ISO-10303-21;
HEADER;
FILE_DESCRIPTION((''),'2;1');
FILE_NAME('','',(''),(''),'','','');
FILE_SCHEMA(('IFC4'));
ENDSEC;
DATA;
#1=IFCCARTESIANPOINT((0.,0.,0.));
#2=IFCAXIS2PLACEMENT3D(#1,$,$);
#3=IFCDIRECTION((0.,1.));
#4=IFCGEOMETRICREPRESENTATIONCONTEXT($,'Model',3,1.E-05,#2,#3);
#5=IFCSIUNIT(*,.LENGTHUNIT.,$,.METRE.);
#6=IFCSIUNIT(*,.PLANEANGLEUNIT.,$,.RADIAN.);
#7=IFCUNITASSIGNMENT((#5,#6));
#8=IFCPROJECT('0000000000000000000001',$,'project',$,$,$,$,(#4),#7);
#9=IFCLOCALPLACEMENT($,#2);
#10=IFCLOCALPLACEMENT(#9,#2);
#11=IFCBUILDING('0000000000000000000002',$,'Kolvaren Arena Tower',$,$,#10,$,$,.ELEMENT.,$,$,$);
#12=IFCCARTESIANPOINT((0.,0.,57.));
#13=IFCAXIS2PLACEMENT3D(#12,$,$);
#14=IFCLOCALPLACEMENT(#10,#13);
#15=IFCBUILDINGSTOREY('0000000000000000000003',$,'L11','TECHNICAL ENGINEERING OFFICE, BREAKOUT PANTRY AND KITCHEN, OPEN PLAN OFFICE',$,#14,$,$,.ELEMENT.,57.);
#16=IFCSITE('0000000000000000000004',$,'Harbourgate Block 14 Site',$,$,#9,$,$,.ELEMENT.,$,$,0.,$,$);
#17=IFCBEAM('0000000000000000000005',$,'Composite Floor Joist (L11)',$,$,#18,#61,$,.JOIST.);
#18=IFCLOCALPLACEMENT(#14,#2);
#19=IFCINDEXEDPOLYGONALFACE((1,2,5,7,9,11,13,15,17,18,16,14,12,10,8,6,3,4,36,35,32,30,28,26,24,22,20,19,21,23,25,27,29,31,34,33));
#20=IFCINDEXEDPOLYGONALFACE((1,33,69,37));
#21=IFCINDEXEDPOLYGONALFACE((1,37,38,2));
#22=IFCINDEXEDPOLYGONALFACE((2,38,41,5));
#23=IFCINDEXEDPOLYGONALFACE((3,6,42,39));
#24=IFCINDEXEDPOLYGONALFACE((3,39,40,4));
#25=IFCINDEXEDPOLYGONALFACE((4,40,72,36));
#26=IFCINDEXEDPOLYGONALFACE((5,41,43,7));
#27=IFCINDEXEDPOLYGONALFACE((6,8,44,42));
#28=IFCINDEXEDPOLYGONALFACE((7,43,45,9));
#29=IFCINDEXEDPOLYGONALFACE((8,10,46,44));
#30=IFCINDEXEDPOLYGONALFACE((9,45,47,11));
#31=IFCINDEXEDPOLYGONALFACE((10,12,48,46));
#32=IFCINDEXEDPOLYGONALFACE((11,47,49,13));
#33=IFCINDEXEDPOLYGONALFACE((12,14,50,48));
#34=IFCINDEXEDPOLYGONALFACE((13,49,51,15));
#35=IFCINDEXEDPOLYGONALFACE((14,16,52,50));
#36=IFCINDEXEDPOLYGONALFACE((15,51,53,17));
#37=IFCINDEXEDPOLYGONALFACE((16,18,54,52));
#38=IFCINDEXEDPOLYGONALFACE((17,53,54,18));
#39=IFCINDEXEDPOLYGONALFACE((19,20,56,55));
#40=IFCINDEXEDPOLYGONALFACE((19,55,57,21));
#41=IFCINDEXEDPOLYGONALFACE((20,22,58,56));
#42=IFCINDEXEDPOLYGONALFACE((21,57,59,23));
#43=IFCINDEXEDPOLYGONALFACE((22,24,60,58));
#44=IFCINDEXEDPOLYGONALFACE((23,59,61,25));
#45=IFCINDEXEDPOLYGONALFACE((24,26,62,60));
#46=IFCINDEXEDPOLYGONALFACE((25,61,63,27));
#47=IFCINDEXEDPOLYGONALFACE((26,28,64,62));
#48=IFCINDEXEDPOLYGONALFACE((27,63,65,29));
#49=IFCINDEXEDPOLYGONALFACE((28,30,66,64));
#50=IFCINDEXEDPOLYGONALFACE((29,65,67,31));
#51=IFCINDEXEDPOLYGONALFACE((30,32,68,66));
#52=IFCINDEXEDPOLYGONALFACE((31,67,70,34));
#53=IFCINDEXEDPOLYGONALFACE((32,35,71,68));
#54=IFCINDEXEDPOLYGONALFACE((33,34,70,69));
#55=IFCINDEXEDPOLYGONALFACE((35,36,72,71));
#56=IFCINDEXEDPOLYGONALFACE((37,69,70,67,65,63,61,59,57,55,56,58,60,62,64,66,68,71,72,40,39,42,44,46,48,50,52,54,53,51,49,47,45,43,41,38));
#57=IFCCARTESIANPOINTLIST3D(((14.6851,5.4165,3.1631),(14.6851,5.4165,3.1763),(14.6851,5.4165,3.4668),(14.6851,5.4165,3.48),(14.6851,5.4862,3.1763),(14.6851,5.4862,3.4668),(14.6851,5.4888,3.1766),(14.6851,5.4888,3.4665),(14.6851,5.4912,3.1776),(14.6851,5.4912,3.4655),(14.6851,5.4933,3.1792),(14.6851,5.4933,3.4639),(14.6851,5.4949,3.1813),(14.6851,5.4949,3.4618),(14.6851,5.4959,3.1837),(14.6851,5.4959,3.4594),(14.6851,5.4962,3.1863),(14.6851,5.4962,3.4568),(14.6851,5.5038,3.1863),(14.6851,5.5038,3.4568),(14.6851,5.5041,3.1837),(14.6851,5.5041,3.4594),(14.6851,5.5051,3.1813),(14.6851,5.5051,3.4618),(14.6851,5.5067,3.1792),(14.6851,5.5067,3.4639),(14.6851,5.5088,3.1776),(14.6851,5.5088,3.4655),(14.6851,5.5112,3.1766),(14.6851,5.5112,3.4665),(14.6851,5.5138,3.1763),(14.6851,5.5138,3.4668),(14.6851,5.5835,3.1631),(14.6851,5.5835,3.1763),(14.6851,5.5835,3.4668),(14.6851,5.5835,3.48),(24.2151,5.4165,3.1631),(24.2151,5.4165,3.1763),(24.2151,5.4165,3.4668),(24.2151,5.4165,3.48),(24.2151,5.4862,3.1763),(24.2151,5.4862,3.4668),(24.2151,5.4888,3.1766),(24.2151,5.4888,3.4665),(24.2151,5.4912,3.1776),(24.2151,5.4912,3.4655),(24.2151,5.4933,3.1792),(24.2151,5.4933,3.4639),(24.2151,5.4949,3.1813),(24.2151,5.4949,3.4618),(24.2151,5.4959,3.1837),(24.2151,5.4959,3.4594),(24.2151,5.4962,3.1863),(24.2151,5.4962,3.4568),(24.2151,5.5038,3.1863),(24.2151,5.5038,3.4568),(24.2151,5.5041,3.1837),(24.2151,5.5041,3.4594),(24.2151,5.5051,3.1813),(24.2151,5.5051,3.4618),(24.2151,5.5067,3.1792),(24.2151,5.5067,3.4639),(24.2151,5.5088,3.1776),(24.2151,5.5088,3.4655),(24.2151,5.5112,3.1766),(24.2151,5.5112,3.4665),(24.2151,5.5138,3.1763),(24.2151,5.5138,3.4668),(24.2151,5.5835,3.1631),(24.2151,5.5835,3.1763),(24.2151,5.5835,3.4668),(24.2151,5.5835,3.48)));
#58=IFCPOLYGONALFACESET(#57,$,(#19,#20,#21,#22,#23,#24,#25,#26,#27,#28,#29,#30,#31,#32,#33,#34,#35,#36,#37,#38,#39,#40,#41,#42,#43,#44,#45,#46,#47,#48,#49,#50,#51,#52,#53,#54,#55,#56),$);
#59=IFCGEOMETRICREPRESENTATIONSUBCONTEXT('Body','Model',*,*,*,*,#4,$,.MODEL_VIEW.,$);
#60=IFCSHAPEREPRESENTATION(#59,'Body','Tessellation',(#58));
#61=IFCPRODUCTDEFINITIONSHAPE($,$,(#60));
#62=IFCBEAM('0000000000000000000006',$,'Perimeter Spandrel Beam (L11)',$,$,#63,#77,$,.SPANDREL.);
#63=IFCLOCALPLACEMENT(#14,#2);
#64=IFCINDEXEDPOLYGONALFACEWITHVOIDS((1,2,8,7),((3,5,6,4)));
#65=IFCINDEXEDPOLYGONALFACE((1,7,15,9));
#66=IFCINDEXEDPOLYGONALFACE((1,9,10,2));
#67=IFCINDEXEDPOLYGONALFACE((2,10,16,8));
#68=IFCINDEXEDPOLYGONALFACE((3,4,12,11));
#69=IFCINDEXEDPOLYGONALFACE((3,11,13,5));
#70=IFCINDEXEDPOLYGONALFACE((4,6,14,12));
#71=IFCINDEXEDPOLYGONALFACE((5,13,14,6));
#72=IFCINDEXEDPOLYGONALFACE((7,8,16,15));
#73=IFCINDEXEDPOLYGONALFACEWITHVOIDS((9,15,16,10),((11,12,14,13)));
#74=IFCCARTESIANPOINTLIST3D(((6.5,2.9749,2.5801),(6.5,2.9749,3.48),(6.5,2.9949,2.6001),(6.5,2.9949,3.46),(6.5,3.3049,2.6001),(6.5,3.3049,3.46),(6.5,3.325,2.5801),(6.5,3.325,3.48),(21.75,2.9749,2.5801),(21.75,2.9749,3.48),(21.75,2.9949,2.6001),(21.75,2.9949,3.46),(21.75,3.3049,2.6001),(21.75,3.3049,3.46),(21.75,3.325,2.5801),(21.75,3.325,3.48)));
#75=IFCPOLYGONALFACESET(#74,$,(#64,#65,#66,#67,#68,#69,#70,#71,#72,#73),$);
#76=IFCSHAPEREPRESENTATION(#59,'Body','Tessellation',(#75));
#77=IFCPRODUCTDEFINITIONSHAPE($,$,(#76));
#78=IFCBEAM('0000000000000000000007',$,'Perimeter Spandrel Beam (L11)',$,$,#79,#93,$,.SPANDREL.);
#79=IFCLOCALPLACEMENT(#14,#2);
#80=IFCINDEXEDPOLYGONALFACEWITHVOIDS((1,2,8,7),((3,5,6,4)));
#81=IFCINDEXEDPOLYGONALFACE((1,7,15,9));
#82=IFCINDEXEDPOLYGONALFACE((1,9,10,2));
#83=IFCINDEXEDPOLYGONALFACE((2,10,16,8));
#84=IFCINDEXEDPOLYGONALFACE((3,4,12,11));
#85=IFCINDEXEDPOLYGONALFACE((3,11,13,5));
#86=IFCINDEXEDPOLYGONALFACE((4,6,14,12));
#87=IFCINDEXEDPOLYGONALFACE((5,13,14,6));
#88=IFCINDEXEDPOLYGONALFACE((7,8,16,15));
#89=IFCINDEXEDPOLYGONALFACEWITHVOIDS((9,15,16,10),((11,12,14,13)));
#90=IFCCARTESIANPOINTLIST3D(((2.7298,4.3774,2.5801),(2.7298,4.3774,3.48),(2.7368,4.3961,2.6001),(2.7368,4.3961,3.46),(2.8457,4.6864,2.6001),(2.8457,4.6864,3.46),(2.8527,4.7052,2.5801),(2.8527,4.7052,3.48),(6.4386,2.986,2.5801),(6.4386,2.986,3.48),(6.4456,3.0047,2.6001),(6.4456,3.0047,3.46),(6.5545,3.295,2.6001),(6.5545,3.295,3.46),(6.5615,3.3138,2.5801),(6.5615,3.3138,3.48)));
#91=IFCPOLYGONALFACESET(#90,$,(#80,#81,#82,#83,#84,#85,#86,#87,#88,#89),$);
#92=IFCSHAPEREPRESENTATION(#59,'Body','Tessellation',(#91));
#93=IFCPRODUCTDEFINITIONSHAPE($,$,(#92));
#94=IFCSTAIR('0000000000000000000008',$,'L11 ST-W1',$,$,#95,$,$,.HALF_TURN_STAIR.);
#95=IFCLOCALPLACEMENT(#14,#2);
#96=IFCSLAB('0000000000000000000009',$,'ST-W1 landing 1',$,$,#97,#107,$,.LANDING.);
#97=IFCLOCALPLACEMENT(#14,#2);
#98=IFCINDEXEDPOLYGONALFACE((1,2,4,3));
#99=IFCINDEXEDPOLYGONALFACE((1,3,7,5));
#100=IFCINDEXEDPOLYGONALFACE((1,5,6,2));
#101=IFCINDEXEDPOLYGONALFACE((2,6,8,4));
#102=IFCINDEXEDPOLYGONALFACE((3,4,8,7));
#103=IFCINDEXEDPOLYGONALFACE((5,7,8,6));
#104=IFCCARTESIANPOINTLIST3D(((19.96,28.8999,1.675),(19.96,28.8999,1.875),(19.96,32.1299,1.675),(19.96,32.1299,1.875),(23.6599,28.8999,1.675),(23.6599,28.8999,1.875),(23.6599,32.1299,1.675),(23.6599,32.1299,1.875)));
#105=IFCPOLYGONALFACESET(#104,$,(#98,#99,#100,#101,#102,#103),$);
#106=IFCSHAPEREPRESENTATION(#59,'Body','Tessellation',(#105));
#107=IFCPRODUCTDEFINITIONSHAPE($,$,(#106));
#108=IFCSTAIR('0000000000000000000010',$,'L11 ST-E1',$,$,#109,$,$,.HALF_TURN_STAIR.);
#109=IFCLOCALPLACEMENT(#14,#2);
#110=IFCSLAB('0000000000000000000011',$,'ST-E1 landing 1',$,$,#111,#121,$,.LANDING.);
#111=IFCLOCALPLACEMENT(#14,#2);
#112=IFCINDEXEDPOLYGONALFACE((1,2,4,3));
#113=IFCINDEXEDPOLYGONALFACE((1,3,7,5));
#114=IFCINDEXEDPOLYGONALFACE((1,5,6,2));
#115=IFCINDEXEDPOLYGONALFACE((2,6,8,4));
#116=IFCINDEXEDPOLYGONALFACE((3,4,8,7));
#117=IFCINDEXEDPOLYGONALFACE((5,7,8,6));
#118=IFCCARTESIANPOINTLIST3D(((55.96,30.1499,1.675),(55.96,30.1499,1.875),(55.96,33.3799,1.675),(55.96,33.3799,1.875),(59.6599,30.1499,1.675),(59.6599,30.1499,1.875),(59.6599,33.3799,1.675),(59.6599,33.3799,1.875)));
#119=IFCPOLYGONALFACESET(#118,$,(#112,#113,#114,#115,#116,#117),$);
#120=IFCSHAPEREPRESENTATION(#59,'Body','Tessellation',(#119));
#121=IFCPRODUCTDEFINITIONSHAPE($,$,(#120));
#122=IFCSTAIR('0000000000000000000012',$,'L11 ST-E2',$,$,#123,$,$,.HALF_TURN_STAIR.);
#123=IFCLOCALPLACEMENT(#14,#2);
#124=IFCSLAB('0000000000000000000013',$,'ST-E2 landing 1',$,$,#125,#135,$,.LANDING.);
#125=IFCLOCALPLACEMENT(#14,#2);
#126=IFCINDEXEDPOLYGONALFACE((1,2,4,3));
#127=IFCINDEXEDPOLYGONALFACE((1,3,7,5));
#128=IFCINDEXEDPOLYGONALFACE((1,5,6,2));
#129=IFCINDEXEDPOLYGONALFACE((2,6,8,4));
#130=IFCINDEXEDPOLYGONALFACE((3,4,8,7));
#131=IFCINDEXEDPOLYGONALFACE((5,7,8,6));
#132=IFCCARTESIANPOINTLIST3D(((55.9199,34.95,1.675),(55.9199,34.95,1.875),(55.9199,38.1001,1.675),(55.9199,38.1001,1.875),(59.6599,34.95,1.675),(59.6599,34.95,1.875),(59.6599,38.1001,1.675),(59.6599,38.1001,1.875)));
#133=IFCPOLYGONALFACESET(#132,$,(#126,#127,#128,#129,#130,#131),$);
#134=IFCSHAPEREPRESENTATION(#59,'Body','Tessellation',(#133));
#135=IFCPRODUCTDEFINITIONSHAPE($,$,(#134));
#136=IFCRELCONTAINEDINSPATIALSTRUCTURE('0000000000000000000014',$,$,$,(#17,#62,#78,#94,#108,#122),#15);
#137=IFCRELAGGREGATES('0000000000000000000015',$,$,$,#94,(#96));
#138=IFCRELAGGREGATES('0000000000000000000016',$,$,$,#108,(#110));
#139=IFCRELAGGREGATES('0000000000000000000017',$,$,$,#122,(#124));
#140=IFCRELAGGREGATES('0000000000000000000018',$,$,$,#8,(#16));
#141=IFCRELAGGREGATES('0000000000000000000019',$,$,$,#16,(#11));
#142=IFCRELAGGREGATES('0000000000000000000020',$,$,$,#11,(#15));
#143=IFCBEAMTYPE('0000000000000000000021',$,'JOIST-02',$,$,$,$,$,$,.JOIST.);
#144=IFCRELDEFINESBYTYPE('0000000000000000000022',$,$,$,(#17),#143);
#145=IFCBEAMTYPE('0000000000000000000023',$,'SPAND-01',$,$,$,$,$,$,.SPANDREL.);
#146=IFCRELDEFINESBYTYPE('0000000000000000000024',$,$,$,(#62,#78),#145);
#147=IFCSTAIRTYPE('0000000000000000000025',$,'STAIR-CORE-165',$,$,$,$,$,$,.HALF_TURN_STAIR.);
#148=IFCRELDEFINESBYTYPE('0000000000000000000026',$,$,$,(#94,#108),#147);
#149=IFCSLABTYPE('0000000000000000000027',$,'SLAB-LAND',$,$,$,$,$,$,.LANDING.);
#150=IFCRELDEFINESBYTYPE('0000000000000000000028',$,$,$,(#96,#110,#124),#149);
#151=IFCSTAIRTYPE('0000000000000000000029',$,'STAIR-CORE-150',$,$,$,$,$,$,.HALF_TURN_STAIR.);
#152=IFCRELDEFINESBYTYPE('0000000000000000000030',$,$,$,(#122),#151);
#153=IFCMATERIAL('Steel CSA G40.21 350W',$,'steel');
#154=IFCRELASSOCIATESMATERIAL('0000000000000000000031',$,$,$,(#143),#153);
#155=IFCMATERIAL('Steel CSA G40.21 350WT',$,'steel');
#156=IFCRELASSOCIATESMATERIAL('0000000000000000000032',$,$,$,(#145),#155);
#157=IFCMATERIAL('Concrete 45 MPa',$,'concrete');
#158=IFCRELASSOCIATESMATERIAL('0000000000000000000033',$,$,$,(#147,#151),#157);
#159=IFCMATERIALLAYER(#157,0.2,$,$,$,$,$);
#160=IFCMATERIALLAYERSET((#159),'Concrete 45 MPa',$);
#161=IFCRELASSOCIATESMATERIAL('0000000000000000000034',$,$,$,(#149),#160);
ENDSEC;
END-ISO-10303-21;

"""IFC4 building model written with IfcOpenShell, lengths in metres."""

from ifc_helpers import new_model, si_unit, direction, frame, origin, origin_2d, place, context, subcontext, project, spatial, polyline, hollow_rectangle, i_section, outline, extrude, material, layer, layer_set, material_profile, profile_set, type_object, element, aggregate, save


model = new_model("IFC4")

# Units and contexts
model_context = context("Model", 3, precision=1e-05, world=origin(), true_north=direction((0.0, 1.0)))
body_context = subcontext(model_context, "Body", "Model", "MODEL_VIEW")
ifc_project = project(units=[si_unit("LENGTHUNIT", "METRE"), si_unit("PLANEANGLEUNIT", "RADIAN")], contexts=[model_context])

# Site, building, storey
site_placement = place(None, origin())
site = spatial("IfcSite", under=ifc_project, at=site_placement, Name="Harbourgate Block 14 Site", CompositionType="ELEMENT", RefElevation=0.0)
building_placement = place(site_placement, origin())
building = spatial("IfcBuilding", under=site, at=building_placement, Name="Kolvaren Arena Tower", CompositionType="ELEMENT")
storey_placement = place(building_placement, frame((0.0, 0.0, 57.0)))
storey = spatial("IfcBuildingStorey", under=building, at=storey_placement, Name="L11", Description="TECHNICAL ENGINEERING OFFICE, BREAKOUT PANTRY AND KITCHEN, OPEN PLAN OFFICE", CompositionType="ELEMENT", Elevation=57.0)

# Beams
ifc_material_1 = material(Name="Steel CSA G40.21 350W", Category="steel")
ifc_material_profile_1 = material_profile(ifc_material_1, i_section(OverallWidth=0.167, OverallDepth=0.3169, WebThickness=0.0076, FlangeThickness=0.0132, FilletRadius=0.01, at=origin_2d()), Name="W310x52")
ifc_profile_set_1 = profile_set([ifc_material_profile_1], Name="Steel CSA G40.21 350W")
beam_type_1 = type_object("IfcBeamType", Name="JOIST-02", PredefinedType="JOIST", material=ifc_profile_set_1)
beam_1_placement = place(storey_placement, frame((14.6851, 5.5, 3.3215), z_axis=(1.0, 0.0, 0.0), x_axis=(0.0, 1.0, 0.0)))
element("IfcBeam", 1, at=beam_1_placement, inside=storey, type_object=beam_type_1, Name="Composite Floor Joist (L11)", PredefinedType="JOIST", context=body_context, shape_type="SweptSolid", body=[
    extrude(i_section(OverallWidth=0.167, OverallDepth=0.3169, WebThickness=0.0076, FlangeThickness=0.0132, FilletRadius=0.01, at=origin_2d()), origin(), (0.0, 0.0, 1.0), 9.53),
])
ifc_material_2 = material(Name="Steel CSA G40.21 350WT", Category="steel")
ifc_material_profile_2 = material_profile(ifc_material_2, hollow_rectangle(XDim=0.3501, YDim=0.8999, WallThickness=0.02, at=origin_2d()), Name="HSS 900x350x20")
ifc_profile_set_2 = profile_set([ifc_material_profile_2], Name="Steel CSA G40.21 350WT")
beam_type_2 = type_object("IfcBeamType", Name="SPAND-01", PredefinedType="SPANDREL", material=ifc_profile_set_2)
beam_2_placement = place(storey_placement, frame((6.5, 3.1499, 3.03), z_axis=(1.0, 0.0, 0.0), x_axis=(0.0, 1.0, 0.0)))
element("IfcBeam", 2, at=beam_2_placement, inside=storey, type_object=beam_type_2, Name="Perimeter Spandrel Beam (L11)", PredefinedType="SPANDREL", context=body_context, shape_type="SweptSolid", body=[
    extrude(hollow_rectangle(XDim=0.3501, YDim=0.8999, WallThickness=0.02, at=origin_2d()), origin(), (0.0, 0.0, 1.0), 15.25),
])
beam_3_placement = place(storey_placement, frame((2.7913, 4.5413, 3.03), z_axis=(0.936281, -0.351252, 0.0), x_axis=(0.351252, 0.936281, 0.0)))
element("IfcBeam", 3, at=beam_3_placement, inside=storey, type_object=beam_type_2, Name="Perimeter Spandrel Beam (L11)", PredefinedType="SPANDREL", context=body_context, shape_type="SweptSolid", body=[
    extrude(hollow_rectangle(XDim=0.3501, YDim=0.8999, WallThickness=0.02, at=origin_2d()), origin(), (0.0, 0.0, 1.0), 3.9612),
])

# Stairs, slabs
ifc_material_3 = material(Name="Concrete 45 MPa", Category="concrete")
stair_type_1 = type_object("IfcStairType", Name="STAIR-CORE-165", PredefinedType="HALF_TURN_STAIR", material=ifc_material_3)
stair_1_placement = place(storey_placement, origin())
stair_1 = element("IfcStair", 4, at=stair_1_placement, inside=storey, type_object=stair_type_1, Name="L11 ST-W1", PredefinedType="HALF_TURN_STAIR")
ifc_layer_1 = layer(ifc_material_3, 0.2)
ifc_layer_set_1 = layer_set([ifc_layer_1], Name="Concrete 45 MPa")
slab_type_1 = type_object("IfcSlabType", Name="SLAB-LAND", PredefinedType="LANDING", material=ifc_layer_set_1)
slab_1_placement = place(storey_placement, frame((0.0, 0.0, 1.675)))
slab_1 = element("IfcSlab", 5, at=slab_1_placement, type_object=slab_type_1, Name="ST-W1 landing 1", PredefinedType="LANDING", context=body_context, shape_type="SweptSolid", body=[
    extrude(outline(polyline([(19.96, 28.8999), (23.6599, 28.8999), (23.6599, 32.1299), (19.96, 32.1299), (19.96, 28.8999)])), origin(), (0.0, 0.0, 1.0), 0.2),
])
aggregate(stair_1, [slab_1])
stair_2_placement = place(storey_placement, origin())
stair_2 = element("IfcStair", 6, at=stair_2_placement, inside=storey, type_object=stair_type_1, Name="L11 ST-E1", PredefinedType="HALF_TURN_STAIR")
slab_2_placement = place(storey_placement, frame((0.0, 0.0, 1.675)))
slab_2 = element("IfcSlab", 7, at=slab_2_placement, type_object=slab_type_1, Name="ST-E1 landing 1", PredefinedType="LANDING", context=body_context, shape_type="SweptSolid", body=[
    extrude(outline(polyline([(55.96, 30.1499), (59.6599, 30.1499), (59.6599, 33.3799), (55.96, 33.3799), (55.96, 30.1499)])), origin(), (0.0, 0.0, 1.0), 0.2),
])
aggregate(stair_2, [slab_2])
stair_type_2 = type_object("IfcStairType", Name="STAIR-CORE-150", PredefinedType="HALF_TURN_STAIR", material=ifc_material_3)
stair_3_placement = place(storey_placement, origin())
stair_3 = element("IfcStair", 8, at=stair_3_placement, inside=storey, type_object=stair_type_2, Name="L11 ST-E2", PredefinedType="HALF_TURN_STAIR")
slab_3_placement = place(storey_placement, frame((0.0, 0.0, 1.675)))
slab_3 = element("IfcSlab", 9, at=slab_3_placement, type_object=slab_type_1, Name="ST-E2 landing 1", PredefinedType="LANDING", context=body_context, shape_type="SweptSolid", body=[
    extrude(outline(polyline([(55.9199, 34.95), (59.6599, 34.95), (59.6599, 38.1001), (55.9199, 38.1001), (55.9199, 34.95)])), origin(), (0.0, 0.0, 1.0), 0.2),
])
aggregate(stair_3, [slab_3])

save(model, "model.ifc")
